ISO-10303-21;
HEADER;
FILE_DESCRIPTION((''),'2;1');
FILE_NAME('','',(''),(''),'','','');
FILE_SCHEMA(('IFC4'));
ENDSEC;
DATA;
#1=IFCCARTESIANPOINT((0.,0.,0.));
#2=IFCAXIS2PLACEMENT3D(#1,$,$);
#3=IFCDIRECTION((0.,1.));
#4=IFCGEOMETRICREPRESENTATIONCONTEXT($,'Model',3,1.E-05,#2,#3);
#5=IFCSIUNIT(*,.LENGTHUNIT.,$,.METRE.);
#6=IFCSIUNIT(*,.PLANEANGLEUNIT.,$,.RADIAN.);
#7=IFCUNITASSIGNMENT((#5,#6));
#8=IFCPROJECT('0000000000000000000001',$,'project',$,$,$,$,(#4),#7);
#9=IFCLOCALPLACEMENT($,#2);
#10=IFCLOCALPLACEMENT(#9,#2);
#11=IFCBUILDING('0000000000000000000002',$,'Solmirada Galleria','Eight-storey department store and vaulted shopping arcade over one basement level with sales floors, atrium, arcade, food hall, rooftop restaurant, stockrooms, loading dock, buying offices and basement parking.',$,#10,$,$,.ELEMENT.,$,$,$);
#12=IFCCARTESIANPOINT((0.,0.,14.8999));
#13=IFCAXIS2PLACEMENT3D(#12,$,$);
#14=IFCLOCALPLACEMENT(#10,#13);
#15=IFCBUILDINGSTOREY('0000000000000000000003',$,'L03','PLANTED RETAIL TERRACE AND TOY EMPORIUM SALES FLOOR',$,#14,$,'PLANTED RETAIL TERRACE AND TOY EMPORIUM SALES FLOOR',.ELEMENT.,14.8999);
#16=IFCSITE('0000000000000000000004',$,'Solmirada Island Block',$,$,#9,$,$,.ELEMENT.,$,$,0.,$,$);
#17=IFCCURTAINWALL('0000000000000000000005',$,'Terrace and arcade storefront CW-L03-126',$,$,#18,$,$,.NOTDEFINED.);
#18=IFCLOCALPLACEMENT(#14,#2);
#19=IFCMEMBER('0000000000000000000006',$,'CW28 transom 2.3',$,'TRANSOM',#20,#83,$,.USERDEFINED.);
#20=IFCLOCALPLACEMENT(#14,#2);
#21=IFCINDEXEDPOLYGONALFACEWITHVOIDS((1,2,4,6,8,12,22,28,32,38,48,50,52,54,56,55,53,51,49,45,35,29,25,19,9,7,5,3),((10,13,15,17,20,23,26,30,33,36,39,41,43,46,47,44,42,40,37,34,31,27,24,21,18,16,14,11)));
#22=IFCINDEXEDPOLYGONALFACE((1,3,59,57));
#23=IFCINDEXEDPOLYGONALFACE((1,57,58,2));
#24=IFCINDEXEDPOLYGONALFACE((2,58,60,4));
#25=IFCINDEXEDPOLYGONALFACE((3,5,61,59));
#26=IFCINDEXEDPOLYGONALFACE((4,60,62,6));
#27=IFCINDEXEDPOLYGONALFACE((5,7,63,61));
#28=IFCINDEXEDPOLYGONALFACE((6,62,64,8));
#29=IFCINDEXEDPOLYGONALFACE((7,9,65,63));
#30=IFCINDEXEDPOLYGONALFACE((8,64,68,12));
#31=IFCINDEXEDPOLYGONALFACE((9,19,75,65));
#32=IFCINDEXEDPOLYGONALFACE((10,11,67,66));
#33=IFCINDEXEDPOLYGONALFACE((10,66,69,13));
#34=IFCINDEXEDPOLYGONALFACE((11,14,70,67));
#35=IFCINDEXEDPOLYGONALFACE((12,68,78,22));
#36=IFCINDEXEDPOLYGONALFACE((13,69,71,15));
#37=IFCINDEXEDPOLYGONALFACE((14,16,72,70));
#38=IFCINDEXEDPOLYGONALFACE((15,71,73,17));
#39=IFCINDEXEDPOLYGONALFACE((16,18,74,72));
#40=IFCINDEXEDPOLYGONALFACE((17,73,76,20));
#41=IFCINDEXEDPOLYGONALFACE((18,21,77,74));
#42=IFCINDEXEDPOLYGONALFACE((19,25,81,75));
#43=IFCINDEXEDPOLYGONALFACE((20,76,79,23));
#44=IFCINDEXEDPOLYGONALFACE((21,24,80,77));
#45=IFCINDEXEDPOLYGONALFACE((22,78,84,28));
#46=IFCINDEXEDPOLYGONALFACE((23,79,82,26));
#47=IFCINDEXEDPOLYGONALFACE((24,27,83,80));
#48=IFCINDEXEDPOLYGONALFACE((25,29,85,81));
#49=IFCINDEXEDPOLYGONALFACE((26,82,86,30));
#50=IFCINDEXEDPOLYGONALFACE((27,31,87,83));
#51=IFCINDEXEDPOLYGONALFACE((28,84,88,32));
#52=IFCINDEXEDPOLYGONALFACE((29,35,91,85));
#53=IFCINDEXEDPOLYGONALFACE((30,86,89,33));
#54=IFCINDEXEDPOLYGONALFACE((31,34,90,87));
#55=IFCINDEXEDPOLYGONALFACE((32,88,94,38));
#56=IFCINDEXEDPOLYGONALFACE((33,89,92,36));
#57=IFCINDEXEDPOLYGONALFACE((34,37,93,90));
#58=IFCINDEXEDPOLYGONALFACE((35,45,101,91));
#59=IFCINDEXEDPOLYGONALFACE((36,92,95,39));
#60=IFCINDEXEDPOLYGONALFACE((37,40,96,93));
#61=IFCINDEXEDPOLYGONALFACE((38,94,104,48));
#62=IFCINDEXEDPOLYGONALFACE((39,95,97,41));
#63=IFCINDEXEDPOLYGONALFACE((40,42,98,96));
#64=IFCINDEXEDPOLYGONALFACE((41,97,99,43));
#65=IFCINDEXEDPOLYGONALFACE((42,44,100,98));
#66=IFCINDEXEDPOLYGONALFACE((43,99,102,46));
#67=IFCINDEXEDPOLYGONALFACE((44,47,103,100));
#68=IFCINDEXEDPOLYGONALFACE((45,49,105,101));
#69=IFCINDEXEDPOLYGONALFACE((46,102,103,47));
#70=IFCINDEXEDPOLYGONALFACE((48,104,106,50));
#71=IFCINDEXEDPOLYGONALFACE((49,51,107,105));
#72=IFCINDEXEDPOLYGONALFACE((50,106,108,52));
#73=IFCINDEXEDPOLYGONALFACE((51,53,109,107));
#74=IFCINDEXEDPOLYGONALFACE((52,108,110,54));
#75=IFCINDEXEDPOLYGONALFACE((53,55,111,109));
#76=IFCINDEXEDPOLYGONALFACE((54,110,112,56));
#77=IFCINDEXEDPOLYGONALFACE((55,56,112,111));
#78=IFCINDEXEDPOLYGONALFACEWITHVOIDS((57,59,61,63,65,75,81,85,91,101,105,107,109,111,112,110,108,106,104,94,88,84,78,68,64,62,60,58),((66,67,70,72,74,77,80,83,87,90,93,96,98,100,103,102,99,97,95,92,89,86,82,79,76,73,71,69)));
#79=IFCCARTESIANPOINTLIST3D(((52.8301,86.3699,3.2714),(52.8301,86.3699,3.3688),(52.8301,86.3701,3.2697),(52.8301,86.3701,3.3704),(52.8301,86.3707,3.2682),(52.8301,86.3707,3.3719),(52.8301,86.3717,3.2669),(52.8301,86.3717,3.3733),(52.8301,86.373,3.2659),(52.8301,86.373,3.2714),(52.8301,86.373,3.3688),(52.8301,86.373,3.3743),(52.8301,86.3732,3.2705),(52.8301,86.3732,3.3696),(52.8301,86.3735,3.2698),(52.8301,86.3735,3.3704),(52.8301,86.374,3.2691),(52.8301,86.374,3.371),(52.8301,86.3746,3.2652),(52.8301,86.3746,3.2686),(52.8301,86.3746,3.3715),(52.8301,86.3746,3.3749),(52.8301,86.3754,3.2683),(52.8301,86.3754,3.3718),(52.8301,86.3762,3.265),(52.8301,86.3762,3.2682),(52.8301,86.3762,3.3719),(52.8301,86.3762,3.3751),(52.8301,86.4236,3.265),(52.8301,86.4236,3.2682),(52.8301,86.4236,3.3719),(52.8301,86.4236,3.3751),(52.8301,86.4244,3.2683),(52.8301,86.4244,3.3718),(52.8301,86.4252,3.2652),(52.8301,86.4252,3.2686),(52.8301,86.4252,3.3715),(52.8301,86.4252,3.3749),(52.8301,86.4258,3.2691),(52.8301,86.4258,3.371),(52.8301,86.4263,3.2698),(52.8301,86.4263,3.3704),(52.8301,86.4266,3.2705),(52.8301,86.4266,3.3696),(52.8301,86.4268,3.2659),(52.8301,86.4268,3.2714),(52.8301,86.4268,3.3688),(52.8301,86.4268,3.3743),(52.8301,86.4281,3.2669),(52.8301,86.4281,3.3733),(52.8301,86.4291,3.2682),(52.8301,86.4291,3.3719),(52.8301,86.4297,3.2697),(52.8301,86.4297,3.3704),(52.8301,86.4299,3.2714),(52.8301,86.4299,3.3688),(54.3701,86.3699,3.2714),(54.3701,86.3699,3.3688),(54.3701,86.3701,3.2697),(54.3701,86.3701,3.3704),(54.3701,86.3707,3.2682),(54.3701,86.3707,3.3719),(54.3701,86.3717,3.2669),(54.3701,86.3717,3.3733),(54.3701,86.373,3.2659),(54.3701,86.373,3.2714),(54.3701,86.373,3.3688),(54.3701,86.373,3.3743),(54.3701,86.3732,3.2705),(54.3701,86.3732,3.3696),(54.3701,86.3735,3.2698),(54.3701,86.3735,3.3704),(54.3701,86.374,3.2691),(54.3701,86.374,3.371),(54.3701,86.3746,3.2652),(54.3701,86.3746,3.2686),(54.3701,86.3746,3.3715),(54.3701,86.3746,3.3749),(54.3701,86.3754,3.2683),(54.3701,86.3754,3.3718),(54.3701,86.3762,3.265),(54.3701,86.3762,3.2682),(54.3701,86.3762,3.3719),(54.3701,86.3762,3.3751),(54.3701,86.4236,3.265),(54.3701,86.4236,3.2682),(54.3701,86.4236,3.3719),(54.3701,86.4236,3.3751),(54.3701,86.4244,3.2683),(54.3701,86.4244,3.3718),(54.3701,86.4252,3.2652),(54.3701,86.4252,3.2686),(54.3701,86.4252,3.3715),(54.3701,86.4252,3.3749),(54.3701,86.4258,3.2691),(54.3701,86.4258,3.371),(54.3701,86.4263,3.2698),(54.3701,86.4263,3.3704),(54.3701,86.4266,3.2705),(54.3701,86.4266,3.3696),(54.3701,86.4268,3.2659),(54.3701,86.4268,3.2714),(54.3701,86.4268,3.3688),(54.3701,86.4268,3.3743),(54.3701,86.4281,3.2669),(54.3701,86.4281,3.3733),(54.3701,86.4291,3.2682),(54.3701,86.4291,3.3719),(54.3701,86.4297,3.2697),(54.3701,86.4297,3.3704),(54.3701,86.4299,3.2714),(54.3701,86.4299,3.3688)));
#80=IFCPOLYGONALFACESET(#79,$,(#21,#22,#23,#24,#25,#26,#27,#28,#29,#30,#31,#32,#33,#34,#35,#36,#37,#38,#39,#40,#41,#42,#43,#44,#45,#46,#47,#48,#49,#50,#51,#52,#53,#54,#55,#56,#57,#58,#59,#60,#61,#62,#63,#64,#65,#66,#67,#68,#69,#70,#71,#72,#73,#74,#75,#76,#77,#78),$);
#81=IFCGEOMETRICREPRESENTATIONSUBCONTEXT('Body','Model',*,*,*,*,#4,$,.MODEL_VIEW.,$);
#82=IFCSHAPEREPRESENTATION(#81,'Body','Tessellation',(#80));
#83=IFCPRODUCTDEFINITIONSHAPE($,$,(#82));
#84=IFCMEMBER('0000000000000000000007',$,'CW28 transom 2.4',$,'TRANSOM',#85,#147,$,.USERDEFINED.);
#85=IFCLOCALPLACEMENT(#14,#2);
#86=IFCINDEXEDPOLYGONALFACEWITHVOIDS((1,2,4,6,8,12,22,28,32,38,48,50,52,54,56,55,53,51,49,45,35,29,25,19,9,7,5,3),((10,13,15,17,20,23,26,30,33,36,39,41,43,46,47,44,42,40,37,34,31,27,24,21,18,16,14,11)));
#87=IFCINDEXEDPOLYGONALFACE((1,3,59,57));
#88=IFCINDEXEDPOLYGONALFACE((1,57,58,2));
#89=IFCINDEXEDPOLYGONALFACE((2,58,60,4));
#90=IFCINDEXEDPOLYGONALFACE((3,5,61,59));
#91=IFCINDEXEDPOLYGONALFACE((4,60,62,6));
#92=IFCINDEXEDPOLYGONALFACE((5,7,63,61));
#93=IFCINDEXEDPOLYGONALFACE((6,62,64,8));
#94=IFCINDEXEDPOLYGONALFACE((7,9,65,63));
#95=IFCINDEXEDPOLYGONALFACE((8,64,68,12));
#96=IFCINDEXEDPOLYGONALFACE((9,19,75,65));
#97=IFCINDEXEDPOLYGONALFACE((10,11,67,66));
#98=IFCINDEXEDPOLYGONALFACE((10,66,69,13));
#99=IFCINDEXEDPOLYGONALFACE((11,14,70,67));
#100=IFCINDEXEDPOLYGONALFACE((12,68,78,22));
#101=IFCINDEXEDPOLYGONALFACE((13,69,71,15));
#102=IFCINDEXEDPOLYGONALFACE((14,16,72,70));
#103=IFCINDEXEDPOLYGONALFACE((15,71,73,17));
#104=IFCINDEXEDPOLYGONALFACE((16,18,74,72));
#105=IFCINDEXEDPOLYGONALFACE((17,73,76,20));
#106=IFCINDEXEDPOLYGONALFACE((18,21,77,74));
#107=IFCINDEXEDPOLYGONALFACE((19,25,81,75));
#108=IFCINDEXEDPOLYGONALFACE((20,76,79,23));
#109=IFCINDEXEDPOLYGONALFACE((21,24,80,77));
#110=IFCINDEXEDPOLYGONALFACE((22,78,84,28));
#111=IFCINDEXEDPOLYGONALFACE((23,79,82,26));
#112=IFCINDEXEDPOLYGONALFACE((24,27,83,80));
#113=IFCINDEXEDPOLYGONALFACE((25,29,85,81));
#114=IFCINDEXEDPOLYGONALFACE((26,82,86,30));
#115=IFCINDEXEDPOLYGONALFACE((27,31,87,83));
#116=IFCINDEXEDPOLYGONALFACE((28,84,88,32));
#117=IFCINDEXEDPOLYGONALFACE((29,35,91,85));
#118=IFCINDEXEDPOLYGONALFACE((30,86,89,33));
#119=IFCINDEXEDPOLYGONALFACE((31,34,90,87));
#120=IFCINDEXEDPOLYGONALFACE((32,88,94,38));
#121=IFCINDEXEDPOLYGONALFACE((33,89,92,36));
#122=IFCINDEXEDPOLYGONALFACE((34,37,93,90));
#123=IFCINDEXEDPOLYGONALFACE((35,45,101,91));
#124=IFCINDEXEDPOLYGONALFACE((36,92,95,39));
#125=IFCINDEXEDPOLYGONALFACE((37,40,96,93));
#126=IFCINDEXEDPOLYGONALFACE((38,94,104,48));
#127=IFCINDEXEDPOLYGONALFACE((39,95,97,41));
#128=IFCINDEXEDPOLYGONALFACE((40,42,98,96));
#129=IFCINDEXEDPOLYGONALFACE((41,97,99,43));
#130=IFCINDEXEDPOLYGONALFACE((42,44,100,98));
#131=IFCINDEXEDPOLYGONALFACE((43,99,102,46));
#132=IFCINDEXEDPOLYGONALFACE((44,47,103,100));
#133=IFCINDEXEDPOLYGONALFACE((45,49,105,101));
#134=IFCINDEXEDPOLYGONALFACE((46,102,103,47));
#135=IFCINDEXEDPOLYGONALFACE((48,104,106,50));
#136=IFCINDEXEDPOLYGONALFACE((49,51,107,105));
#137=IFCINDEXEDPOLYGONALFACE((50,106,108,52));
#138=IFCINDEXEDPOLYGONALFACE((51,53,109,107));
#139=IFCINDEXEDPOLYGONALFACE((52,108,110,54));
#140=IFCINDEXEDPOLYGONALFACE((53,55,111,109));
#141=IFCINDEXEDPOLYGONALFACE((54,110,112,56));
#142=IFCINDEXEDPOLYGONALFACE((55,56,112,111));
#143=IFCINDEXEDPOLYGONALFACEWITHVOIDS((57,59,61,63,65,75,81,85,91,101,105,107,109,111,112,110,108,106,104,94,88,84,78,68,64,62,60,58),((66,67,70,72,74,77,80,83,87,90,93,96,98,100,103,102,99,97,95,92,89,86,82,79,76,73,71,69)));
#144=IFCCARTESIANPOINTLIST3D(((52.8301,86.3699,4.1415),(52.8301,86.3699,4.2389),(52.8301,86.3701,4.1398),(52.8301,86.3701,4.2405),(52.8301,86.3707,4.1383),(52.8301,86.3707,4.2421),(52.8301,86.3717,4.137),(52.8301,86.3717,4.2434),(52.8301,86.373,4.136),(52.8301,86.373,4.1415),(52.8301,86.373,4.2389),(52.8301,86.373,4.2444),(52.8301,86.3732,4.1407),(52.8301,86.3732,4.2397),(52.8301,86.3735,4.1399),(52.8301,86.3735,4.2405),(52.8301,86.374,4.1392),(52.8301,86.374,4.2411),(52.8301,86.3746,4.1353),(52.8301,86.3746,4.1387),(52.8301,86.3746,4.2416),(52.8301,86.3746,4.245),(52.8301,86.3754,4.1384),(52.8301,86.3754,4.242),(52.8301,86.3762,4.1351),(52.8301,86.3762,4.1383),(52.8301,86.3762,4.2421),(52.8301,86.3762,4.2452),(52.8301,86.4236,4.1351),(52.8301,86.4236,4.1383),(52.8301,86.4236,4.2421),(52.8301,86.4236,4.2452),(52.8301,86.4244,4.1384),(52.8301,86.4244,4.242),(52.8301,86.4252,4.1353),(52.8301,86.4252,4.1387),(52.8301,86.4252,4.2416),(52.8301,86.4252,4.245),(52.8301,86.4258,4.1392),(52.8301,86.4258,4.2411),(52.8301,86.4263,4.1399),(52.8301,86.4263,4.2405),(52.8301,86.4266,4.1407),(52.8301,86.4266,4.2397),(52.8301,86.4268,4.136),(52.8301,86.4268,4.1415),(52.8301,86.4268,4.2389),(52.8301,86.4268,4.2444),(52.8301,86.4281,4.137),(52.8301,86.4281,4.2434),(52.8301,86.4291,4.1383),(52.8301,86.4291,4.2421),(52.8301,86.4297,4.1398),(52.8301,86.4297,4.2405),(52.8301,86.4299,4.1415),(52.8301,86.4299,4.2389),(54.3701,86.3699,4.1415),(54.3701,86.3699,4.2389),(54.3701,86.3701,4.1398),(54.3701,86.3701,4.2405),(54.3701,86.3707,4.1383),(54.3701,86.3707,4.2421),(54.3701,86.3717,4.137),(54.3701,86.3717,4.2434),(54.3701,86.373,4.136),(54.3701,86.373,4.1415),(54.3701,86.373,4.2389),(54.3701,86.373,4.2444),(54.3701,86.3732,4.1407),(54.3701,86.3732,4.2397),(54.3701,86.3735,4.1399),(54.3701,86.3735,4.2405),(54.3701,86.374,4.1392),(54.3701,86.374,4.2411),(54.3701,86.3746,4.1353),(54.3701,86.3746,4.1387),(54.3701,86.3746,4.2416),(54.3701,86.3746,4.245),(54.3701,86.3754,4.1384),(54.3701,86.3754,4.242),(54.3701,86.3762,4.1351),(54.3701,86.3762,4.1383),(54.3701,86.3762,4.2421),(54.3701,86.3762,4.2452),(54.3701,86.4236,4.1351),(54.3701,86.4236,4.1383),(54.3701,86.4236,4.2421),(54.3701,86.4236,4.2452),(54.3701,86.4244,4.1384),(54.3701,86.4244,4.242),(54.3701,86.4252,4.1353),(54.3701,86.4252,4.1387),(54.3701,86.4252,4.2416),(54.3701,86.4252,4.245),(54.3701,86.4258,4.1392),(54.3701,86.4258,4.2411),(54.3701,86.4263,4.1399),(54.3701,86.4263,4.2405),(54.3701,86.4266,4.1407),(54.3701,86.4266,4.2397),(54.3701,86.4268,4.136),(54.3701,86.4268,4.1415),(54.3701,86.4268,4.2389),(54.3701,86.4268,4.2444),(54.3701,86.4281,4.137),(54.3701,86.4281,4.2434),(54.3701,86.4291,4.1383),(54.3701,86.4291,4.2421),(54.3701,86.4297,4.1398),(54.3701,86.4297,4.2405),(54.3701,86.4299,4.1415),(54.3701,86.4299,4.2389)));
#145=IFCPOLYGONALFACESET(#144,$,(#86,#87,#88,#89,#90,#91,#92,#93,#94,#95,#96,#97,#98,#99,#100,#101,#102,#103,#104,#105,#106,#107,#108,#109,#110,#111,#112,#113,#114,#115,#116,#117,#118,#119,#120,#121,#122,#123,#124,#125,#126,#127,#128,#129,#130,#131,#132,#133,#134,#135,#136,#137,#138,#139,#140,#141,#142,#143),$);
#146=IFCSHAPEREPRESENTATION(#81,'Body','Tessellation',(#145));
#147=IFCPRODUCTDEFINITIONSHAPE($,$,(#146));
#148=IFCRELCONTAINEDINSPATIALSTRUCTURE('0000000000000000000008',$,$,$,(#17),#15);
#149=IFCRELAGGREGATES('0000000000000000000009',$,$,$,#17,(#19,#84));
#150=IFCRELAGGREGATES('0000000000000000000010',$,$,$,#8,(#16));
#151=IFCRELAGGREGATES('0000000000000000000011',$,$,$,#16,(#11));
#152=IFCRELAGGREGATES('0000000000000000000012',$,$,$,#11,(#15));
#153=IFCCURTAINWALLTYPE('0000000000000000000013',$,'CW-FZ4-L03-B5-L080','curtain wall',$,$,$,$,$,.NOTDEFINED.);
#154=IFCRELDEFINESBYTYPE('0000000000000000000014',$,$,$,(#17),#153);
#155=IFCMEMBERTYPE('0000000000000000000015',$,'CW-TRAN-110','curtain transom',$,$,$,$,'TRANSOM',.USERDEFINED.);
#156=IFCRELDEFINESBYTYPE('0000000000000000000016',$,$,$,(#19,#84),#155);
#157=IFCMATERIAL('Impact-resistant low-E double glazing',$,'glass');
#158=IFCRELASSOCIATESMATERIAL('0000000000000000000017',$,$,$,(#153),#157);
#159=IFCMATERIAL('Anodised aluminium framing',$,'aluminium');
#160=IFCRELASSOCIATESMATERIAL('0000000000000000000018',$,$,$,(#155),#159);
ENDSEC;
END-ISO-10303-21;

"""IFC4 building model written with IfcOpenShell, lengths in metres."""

from ifc_helpers import new_model, si_unit, direction, frame, origin, origin_2d, place, context, subcontext, project, spatial, hollow_rectangle, extrude, material, material_profile, profile_set, type_object, element, aggregate, save


model = new_model("IFC4")

# Units and contexts
model_context = context("Model", 3, precision=1e-05, world=origin(), true_north=direction((0.0, 1.0)))
body_context = subcontext(model_context, "Body", "Model", "MODEL_VIEW")
ifc_project = project(units=[si_unit("LENGTHUNIT", "METRE"), si_unit("PLANEANGLEUNIT", "RADIAN")], contexts=[model_context])

# Site, building, storey
site_placement = place(None, origin())
site = spatial("IfcSite", under=ifc_project, at=site_placement, Name="Solmirada Island Block", CompositionType="ELEMENT", RefElevation=0.0)
building_placement = place(site_placement, origin())
building = spatial("IfcBuilding", under=site, at=building_placement, Name="Solmirada Galleria", Description="Eight-storey department store and vaulted shopping arcade over one basement level with sales floors, atrium, arcade, food hall, rooftop restaurant, stockrooms, loading dock, buying offices and basement parking.", CompositionType="ELEMENT")
storey_placement = place(building_placement, frame((0.0, 0.0, 14.8999)))
storey = spatial("IfcBuildingStorey", under=building, at=storey_placement, Name="L03", Description="PLANTED RETAIL TERRACE AND TOY EMPORIUM SALES FLOOR", LongName="PLANTED RETAIL TERRACE AND TOY EMPORIUM SALES FLOOR", CompositionType="ELEMENT", Elevation=14.8999)

# Curtain wall, members
ifc_material_1 = material(Name="Impact-resistant low-E double glazing", Category="glass")
curtain_wall_type = type_object("IfcCurtainWallType", Name="CW-FZ4-L03-B5-L080", Description="curtain wall", PredefinedType="NOTDEFINED", material=ifc_material_1)
curtain_wall_placement = place(storey_placement, origin())
curtain_wall = element("IfcCurtainWall", 1, at=curtain_wall_placement, inside=storey, type_object=curtain_wall_type, Name="Terrace and arcade storefront CW-L03-126", PredefinedType="NOTDEFINED")
ifc_material_2 = material(Name="Anodised aluminium framing", Category="aluminium")
ifc_material_profile_1 = material_profile(ifc_material_2, hollow_rectangle(XDim=0.0601, YDim=0.1101, WallThickness=0.0032, InnerFilletRadius=0.0032, OuterFilletRadius=0.0063, at=origin_2d()), Name="ALU-TRAN-110X60")
ifc_profile_set_1 = profile_set([ifc_material_profile_1], Name="Anodised aluminium framing")
member_type_1 = type_object("IfcMemberType", Name="CW-TRAN-110", Description="curtain transom", ElementType="TRANSOM", PredefinedType="USERDEFINED", material=ifc_profile_set_1)
member_1_placement = place(storey_placement, frame((54.3701, 86.3999, 3.3201), z_axis=(-1.0, 0.0, 0.0), x_axis=(0.0, -1.0, 0.0)))
member_1 = element("IfcMember", 2, at=member_1_placement, type_object=member_type_1, Name="CW28 transom 2.3", ObjectType="TRANSOM", PredefinedType="USERDEFINED", context=body_context, shape_type="SweptSolid", body=[
    extrude(hollow_rectangle(XDim=0.0601, YDim=0.1101, WallThickness=0.0032, InnerFilletRadius=0.0032, OuterFilletRadius=0.0063, at=origin_2d()), origin(), (0.0, 0.0, 1.0), 1.54),
])
member_2_placement = place(storey_placement, frame((54.3701, 86.3999, 4.1902), z_axis=(-1.0, 0.0, 0.0), x_axis=(0.0, -1.0, 0.0)))
member_2 = element("IfcMember", 3, at=member_2_placement, type_object=member_type_1, Name="CW28 transom 2.4", ObjectType="TRANSOM", PredefinedType="USERDEFINED", context=body_context, shape_type="SweptSolid", body=[
    extrude(hollow_rectangle(XDim=0.0601, YDim=0.1101, WallThickness=0.0032, InnerFilletRadius=0.0032, OuterFilletRadius=0.0063, at=origin_2d()), origin(), (0.0, 0.0, 1.0), 1.54),
])
aggregate(curtain_wall, [member_1, member_2])

save(model, "model.ifc")
